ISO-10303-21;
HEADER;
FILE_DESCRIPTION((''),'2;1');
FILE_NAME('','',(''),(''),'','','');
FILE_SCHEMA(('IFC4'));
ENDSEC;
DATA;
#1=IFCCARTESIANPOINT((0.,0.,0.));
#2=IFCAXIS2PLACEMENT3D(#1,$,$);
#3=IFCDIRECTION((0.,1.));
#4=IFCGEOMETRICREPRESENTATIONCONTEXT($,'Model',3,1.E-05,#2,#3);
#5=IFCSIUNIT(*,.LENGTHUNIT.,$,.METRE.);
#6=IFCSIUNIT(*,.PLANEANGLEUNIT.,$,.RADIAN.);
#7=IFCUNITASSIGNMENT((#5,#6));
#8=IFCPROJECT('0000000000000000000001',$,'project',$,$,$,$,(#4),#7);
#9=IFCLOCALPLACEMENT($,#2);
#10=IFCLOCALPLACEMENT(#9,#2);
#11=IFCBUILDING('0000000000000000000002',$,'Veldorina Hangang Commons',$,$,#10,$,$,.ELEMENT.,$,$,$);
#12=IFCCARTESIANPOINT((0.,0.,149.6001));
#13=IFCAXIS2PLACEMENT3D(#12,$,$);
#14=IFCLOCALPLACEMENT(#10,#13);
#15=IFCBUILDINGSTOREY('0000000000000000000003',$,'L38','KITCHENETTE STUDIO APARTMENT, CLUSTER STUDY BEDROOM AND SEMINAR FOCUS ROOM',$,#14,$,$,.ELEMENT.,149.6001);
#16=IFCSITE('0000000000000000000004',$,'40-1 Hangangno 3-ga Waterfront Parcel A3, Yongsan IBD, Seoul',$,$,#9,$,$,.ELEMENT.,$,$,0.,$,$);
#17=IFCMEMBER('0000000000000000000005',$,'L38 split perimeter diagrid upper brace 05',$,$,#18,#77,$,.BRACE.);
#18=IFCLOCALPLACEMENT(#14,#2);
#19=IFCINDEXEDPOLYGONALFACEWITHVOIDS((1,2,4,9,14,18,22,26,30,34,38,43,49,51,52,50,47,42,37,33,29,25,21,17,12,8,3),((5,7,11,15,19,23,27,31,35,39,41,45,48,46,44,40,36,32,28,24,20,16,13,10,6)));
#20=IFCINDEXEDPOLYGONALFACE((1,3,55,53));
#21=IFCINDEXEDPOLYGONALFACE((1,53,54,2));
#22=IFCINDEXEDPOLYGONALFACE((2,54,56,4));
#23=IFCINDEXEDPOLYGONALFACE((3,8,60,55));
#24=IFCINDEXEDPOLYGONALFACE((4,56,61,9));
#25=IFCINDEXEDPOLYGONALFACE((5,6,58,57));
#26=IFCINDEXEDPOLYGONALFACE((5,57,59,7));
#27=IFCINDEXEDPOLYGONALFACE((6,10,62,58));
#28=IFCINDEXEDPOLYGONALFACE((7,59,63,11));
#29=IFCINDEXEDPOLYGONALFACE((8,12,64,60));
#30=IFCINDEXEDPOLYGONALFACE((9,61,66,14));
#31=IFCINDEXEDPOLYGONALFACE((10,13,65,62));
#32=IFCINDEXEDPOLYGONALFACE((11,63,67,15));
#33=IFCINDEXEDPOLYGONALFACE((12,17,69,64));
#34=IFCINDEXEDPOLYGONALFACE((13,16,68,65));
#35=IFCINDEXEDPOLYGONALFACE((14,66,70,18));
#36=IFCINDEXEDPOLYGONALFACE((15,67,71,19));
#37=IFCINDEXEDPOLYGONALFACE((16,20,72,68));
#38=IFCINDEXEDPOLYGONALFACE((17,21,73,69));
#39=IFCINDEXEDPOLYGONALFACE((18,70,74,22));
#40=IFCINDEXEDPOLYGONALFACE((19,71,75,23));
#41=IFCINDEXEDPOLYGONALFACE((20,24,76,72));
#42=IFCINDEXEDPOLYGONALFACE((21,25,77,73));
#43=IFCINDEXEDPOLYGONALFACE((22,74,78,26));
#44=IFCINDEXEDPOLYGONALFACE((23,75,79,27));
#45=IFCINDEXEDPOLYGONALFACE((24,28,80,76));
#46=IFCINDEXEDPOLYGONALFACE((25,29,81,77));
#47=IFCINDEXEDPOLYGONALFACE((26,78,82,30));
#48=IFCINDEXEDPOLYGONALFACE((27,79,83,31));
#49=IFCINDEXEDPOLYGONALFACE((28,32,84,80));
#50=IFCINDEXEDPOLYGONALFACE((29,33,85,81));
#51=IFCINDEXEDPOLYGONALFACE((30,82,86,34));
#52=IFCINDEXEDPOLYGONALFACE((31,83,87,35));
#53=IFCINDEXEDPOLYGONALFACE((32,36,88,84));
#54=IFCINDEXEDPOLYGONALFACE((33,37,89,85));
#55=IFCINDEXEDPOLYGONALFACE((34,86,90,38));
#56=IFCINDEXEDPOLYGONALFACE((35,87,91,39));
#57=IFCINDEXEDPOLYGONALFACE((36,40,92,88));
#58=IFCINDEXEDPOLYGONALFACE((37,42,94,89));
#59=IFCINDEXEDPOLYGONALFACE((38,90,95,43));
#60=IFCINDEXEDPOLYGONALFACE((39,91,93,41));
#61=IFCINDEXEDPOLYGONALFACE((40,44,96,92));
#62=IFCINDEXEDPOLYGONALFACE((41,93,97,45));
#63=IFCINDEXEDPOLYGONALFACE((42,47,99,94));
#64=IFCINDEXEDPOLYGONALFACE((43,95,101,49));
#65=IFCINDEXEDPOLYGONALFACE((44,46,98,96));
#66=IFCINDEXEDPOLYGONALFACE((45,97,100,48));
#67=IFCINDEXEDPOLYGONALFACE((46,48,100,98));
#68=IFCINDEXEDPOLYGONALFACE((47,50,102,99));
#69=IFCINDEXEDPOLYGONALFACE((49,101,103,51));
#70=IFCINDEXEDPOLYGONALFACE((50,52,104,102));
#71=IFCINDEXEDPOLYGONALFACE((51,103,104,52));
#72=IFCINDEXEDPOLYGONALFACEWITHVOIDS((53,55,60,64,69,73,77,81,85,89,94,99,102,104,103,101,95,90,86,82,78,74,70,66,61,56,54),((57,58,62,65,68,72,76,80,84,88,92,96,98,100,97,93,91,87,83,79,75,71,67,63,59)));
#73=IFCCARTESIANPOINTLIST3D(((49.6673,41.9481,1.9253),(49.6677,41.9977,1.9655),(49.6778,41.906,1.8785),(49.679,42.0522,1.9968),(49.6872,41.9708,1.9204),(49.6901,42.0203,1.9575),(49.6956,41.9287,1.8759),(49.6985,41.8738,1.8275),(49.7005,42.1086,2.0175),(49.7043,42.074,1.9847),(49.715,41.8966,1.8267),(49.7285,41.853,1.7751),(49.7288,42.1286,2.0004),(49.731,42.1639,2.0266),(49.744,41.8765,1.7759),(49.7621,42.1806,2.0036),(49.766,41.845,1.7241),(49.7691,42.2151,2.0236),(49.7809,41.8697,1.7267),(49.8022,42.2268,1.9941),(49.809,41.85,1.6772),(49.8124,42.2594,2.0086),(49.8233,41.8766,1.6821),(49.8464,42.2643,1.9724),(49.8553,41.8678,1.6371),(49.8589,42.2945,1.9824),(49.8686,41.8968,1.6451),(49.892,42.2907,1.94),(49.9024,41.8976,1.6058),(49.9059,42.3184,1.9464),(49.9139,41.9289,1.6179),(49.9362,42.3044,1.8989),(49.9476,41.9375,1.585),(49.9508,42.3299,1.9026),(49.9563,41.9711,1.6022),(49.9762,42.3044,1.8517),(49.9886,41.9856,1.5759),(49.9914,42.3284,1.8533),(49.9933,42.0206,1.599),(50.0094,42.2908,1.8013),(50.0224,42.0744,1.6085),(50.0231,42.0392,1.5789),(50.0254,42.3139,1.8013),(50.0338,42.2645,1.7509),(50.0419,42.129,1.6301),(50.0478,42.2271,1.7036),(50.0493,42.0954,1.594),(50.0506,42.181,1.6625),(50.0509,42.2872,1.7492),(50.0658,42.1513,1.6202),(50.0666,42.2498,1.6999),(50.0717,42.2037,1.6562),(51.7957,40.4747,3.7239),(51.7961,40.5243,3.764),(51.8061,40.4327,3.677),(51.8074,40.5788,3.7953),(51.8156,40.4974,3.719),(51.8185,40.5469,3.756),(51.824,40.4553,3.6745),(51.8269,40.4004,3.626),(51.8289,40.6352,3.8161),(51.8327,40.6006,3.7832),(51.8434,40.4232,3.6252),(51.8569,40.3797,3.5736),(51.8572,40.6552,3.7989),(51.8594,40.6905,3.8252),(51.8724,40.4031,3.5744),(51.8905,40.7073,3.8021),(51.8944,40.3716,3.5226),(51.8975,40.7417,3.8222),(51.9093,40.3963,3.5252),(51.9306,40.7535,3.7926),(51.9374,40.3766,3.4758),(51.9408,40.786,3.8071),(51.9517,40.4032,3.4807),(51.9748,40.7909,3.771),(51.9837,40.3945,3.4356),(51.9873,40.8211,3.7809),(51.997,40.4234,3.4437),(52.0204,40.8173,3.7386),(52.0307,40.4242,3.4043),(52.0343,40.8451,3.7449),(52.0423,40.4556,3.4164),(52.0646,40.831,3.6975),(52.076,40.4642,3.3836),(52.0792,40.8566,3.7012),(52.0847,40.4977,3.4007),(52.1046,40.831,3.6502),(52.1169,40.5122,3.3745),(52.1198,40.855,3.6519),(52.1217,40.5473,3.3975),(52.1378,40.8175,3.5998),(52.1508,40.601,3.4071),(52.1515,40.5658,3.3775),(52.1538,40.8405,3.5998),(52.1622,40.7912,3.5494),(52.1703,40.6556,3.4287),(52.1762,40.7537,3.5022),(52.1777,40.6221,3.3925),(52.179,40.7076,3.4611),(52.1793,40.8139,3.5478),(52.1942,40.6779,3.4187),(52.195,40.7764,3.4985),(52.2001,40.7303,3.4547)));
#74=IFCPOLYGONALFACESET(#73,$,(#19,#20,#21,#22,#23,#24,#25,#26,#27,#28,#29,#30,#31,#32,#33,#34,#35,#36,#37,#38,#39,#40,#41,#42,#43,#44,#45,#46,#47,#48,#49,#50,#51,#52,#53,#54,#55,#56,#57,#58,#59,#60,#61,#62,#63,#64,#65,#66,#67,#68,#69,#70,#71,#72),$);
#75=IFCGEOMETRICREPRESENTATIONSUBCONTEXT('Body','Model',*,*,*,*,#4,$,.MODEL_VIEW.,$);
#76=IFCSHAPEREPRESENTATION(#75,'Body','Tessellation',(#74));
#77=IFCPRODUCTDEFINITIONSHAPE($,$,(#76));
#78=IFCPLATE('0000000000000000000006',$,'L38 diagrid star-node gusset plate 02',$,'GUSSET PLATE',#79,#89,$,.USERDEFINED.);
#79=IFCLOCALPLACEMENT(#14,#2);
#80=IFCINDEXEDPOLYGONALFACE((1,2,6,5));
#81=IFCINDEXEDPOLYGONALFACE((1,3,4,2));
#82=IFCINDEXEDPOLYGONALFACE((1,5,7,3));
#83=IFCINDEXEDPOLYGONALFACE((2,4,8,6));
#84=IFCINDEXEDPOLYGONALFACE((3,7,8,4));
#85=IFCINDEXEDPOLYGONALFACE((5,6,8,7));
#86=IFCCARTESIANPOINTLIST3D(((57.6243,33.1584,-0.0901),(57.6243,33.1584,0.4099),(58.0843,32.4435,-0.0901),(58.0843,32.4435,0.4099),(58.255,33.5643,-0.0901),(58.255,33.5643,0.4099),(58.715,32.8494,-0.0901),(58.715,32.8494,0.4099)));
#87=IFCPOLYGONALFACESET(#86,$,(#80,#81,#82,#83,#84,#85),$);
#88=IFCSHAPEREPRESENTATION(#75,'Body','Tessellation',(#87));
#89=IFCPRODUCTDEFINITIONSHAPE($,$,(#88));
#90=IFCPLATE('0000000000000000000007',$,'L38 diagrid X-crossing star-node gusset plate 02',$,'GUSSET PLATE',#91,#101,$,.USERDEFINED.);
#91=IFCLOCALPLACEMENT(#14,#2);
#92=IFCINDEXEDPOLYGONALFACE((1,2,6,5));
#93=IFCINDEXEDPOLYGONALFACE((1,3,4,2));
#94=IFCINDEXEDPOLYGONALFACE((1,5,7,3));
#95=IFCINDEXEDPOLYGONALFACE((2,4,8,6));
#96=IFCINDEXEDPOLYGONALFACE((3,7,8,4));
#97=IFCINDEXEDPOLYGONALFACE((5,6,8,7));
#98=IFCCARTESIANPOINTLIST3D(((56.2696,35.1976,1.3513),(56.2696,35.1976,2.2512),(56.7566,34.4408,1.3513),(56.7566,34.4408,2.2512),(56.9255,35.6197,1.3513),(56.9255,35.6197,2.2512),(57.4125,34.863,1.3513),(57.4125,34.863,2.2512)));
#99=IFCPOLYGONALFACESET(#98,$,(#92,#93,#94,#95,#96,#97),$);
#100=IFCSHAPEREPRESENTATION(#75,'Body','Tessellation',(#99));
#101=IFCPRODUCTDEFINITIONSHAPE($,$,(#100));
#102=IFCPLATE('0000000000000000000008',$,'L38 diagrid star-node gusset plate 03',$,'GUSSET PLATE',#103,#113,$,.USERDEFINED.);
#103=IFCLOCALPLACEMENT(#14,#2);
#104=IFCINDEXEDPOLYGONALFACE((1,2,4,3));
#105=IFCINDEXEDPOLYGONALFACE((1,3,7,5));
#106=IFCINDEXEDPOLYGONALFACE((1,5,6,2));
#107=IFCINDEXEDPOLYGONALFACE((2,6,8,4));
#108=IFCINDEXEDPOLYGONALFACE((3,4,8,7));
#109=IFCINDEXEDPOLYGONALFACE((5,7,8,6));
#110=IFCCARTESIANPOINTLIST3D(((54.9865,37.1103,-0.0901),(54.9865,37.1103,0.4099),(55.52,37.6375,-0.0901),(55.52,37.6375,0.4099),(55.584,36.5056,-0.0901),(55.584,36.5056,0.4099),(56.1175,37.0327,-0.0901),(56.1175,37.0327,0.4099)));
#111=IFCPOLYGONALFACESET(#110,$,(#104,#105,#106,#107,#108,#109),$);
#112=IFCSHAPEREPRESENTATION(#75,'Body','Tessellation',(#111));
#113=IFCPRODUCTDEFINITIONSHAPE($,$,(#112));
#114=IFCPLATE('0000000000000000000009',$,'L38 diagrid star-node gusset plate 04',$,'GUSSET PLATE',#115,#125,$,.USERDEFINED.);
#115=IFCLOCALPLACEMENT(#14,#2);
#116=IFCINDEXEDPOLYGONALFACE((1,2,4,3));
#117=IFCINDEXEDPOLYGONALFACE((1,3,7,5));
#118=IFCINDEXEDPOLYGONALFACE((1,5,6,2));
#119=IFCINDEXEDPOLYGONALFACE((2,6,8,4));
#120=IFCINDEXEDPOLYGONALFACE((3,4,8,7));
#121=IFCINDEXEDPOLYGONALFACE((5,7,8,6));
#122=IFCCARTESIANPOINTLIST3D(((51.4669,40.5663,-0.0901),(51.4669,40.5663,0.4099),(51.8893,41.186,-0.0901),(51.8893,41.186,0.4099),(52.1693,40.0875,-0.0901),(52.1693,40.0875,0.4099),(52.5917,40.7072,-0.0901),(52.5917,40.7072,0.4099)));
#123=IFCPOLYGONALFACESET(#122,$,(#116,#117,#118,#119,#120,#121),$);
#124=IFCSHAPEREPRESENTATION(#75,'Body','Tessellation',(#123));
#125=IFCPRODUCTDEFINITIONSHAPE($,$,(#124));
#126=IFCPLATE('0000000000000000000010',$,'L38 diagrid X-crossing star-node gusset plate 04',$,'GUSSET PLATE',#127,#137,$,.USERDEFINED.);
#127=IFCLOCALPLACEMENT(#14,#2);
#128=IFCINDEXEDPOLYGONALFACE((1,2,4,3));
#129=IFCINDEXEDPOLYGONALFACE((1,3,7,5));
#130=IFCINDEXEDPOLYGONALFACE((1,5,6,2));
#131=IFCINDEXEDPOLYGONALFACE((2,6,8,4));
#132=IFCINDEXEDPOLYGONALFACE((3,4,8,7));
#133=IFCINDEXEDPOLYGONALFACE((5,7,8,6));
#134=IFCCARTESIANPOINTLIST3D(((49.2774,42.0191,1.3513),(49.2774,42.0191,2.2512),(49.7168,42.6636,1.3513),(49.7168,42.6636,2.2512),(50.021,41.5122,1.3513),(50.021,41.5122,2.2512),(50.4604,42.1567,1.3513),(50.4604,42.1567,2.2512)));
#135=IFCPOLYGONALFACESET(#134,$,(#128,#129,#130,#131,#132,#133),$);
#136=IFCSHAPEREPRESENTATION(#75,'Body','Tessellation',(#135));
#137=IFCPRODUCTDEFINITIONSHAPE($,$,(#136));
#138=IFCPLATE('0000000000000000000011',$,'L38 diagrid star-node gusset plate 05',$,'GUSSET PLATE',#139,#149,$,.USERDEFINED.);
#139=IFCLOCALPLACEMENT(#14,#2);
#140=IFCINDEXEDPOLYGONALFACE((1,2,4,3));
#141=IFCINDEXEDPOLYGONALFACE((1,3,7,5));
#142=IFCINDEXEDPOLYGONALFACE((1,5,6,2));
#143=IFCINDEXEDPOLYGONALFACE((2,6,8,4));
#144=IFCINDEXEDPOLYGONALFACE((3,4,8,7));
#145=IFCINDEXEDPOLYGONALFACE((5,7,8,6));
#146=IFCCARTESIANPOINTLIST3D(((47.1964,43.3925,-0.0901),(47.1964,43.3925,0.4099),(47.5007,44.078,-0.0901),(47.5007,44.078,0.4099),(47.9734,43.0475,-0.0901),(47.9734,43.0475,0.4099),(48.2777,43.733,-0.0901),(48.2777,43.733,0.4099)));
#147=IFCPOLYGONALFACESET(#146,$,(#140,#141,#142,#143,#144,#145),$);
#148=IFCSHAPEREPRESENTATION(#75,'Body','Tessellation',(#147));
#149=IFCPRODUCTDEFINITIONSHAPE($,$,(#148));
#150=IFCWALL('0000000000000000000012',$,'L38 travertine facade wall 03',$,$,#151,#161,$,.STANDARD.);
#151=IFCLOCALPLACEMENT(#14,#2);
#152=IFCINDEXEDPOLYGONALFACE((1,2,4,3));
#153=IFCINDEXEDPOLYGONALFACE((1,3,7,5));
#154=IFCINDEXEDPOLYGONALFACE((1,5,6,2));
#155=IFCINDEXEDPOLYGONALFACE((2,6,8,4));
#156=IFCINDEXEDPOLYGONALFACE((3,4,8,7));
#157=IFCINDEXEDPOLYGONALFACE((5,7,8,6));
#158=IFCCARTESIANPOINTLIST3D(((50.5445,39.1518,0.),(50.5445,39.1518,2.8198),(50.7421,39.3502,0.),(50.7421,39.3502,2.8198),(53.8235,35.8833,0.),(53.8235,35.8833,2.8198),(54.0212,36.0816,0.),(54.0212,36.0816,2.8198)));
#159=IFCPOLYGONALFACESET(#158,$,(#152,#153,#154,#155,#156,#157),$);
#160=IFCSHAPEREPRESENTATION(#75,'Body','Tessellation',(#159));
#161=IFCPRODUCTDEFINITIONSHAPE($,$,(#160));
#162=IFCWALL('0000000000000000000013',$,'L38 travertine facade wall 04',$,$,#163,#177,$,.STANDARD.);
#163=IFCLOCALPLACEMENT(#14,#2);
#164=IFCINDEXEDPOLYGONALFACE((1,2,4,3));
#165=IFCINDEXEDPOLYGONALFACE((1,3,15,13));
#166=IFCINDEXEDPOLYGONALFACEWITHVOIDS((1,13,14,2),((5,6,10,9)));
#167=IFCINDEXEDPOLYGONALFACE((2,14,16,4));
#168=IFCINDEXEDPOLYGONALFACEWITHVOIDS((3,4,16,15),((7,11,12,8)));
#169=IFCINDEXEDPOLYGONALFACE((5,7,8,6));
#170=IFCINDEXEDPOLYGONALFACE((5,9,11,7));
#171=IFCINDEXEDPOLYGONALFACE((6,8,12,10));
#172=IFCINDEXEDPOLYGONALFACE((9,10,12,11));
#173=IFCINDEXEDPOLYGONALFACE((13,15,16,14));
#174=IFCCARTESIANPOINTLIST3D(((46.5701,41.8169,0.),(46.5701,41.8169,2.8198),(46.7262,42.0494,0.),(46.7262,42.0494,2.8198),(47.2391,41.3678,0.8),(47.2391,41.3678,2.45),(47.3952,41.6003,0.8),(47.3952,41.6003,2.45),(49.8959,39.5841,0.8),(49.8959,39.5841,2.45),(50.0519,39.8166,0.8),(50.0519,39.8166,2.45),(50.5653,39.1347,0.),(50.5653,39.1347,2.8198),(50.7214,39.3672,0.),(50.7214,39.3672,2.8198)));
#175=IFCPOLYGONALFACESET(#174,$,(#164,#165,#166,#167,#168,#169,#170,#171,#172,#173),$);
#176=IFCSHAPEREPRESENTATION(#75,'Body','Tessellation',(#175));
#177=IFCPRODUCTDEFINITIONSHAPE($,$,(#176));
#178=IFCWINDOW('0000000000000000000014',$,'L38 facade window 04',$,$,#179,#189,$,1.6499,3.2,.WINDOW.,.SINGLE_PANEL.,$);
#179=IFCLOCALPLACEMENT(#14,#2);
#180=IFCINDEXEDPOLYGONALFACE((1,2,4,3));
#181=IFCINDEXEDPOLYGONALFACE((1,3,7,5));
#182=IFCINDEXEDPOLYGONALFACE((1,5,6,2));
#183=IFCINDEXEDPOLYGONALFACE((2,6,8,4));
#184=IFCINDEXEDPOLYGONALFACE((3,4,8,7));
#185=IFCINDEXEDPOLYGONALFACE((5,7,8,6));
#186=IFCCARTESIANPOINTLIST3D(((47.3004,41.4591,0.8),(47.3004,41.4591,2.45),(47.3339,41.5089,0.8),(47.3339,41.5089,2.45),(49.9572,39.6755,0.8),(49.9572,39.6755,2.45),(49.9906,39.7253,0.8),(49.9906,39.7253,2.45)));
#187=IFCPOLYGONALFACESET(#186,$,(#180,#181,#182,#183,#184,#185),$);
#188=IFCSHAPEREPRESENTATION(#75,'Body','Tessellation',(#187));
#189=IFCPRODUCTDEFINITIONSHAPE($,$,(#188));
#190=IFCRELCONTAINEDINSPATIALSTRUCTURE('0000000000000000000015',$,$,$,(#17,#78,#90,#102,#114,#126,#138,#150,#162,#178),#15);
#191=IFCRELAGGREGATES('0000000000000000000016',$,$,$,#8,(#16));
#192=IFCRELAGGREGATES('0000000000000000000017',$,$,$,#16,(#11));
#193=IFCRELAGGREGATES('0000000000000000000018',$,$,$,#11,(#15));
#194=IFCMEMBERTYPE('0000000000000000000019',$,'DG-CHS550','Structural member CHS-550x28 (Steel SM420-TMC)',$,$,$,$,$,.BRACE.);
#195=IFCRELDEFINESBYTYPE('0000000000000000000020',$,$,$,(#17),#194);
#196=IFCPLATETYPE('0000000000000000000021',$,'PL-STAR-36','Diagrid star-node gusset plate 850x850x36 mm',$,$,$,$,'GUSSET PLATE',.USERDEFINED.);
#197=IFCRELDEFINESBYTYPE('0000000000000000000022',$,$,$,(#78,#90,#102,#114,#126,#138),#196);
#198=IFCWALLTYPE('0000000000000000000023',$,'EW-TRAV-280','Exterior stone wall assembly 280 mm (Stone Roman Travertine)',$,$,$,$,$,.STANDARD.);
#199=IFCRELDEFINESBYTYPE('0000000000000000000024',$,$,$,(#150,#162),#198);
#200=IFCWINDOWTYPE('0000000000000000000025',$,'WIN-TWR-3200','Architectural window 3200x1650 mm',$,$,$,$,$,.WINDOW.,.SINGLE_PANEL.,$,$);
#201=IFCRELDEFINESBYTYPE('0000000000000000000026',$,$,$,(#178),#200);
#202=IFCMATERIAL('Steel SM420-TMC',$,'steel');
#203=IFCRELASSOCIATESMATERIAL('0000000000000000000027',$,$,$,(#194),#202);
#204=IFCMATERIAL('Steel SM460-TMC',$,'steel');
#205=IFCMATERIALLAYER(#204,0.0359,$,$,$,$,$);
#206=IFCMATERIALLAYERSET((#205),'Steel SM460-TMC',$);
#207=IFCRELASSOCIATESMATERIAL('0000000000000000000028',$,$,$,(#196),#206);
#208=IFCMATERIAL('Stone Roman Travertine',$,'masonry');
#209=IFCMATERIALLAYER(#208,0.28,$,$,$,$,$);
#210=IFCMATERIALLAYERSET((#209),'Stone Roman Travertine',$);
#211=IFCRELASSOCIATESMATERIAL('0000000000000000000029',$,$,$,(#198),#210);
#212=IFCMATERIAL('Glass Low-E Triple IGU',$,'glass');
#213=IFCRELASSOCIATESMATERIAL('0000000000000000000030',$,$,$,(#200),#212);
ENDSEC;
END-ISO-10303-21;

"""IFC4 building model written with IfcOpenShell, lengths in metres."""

from ifc_helpers import new_model, si_unit, direction, frame, frame_2d, origin, origin_2d, place, context, subcontext, project, spatial, rectangle, hollow_circle, extrude, material, layer, layer_set, material_profile, profile_set, type_object, element, fill, save


model = new_model("IFC4")

# Units and contexts
model_context = context("Model", 3, precision=1e-05, world=origin(), true_north=direction((0.0, 1.0)))
body_context = subcontext(model_context, "Body", "Model", "MODEL_VIEW")
ifc_project = project(units=[si_unit("LENGTHUNIT", "METRE"), si_unit("PLANEANGLEUNIT", "RADIAN")], contexts=[model_context])

# Site, building, storey
site_placement = place(None, origin())
site = spatial("IfcSite", under=ifc_project, at=site_placement, Name="40-1 Hangangno 3-ga Waterfront Parcel A3, Yongsan IBD, Seoul", CompositionType="ELEMENT", RefElevation=0.0)
building_placement = place(site_placement, origin())
building = spatial("IfcBuilding", under=site, at=building_placement, Name="Veldorina Hangang Commons", CompositionType="ELEMENT")
storey_placement = place(building_placement, frame((0.0, 0.0, 149.6001)))
storey = spatial("IfcBuildingStorey", under=building, at=storey_placement, Name="L38", Description="KITCHENETTE STUDIO APARTMENT, CLUSTER STUDY BEDROOM AND SEMINAR FOCUS ROOM", CompositionType="ELEMENT", Elevation=149.6001)

# Shared definitions
ifc_material_1 = material(Name="Steel SM420-TMC", Category="steel")

# Member
ifc_material_profile_1 = material_profile(ifc_material_1, hollow_circle(Radius=0.2749, WallThickness=0.0281, at=origin_2d()), Name="CHS-550x28")
ifc_profile_set_1 = profile_set([ifc_material_profile_1], Name="Steel SM420-TMC")
member_type = type_object("IfcMemberType", Name="DG-CHS550", Description="Structural member CHS-550x28 (Steel SM420-TMC)", PredefinedType="BRACE", material=ifc_profile_set_1)
member_1_placement = place(storey_placement, frame((49.8689, 42.0879, 1.8013), z_axis=(0.675231, -0.467426, 0.570593), x_axis=(0.569176, 0.822216, 0.0)))
element("IfcMember", 1, at=member_1_placement, inside=storey, type_object=member_type, Name="L38 split perimeter diagrid upper brace 05", PredefinedType="BRACE", context=body_context, shape_type="SweptSolid", body=[
    extrude(hollow_circle(Radius=0.2749, WallThickness=0.0281, at=origin_2d()), origin(), (0.0, 0.0, 1.0), 3.1521),
])

# Plates
ifc_material_2 = material(Name="Steel SM460-TMC", Category="steel")
ifc_layer_1 = layer(ifc_material_2, 0.0359)
ifc_layer_set_1 = layer_set([ifc_layer_1], Name="Steel SM460-TMC")
plate_type = type_object("IfcPlateType", Name="PL-STAR-36", Description="Diagrid star-node gusset plate 850x850x36 mm", ElementType="GUSSET PLATE", PredefinedType="USERDEFINED", material=ifc_layer_set_1)
plate_1_placement = place(storey_placement, frame((58.1697, 33.0039, -0.0901), z_axis=(0.0, 0.0, 1.0), x_axis=(-0.541151, 0.840926, 0.0)))
element("IfcPlate", 2, at=plate_1_placement, inside=storey, type_object=plate_type, Name="L38 diagrid star-node gusset plate 02", ObjectType="GUSSET PLATE", PredefinedType="USERDEFINED", context=body_context, shape_type="SweptSolid", body=[
    extrude(rectangle(XDim=0.8501, YDim=0.75, at=origin_2d()), origin(), (0.0, 0.0, 1.0), 0.5),
])
plate_2_placement = place(storey_placement, frame((56.8411, 35.0303, 1.3513), z_axis=(0.0, 0.0, 1.0), x_axis=(-0.541151, 0.840926, 0.0)))
element("IfcPlate", 3, at=plate_2_placement, inside=storey, type_object=plate_type, Name="L38 diagrid X-crossing star-node gusset plate 02", ObjectType="GUSSET PLATE", PredefinedType="USERDEFINED", context=body_context, shape_type="SweptSolid", body=[
    extrude(rectangle(XDim=0.8999, YDim=0.78, at=origin_2d()), origin(), (0.0, 0.0, 1.0), 0.8999),
])
for number, where, z_axis, x_axis, name in (
    (4, (55.552, 37.0715, -0.0901), (0.0, 0.0, 1.0), (-0.702836, 0.711352, 0.0), "L38 diagrid star-node gusset plate 03"),
    (5, (52.0293, 40.6367, -0.0901), (0.0, 0.0, 1.0), (-0.826285, 0.563252, 0.0), "L38 diagrid star-node gusset plate 04"),
):
    element("IfcPlate", number, at=place(storey_placement, frame(where, z_axis=z_axis, x_axis=x_axis)), inside=storey, type_object=plate_type, Name=name, ObjectType="GUSSET PLATE", PredefinedType="USERDEFINED", context=body_context, shape_type="SweptSolid", body=[
        extrude(rectangle(XDim=0.8501, YDim=0.75, at=origin_2d()), origin(), (0.0, 0.0, 1.0), 0.5),
    ])
plate_3_placement = place(storey_placement, frame((49.8689, 42.0879, 1.3513), z_axis=(0.0, 0.0, 1.0), x_axis=(-0.826285, 0.563252, 0.0)))
element("IfcPlate", 6, at=plate_3_placement, inside=storey, type_object=plate_type, Name="L38 diagrid X-crossing star-node gusset plate 04", ObjectType="GUSSET PLATE", PredefinedType="USERDEFINED", context=body_context, shape_type="SweptSolid", body=[
    extrude(rectangle(XDim=0.8999, YDim=0.78, at=origin_2d()), origin(), (0.0, 0.0, 1.0), 0.8999),
])
plate_4_placement = place(storey_placement, frame((47.7371, 43.5627, -0.0901), z_axis=(0.0, 0.0, 1.0), x_axis=(-0.913971, 0.40578, 0.0)))
element("IfcPlate", 7, at=plate_4_placement, inside=storey, type_object=plate_type, Name="L38 diagrid star-node gusset plate 05", ObjectType="GUSSET PLATE", PredefinedType="USERDEFINED", context=body_context, shape_type="SweptSolid", body=[
    extrude(rectangle(XDim=0.8501, YDim=0.75, at=origin_2d()), origin(), (0.0, 0.0, 1.0), 0.5),
])

# Wall
ifc_material_3 = material(Name="Stone Roman Travertine", Category="masonry")
ifc_layer_2 = layer(ifc_material_3, 0.28)
ifc_layer_set_2 = layer_set([ifc_layer_2], Name="Stone Roman Travertine")
wall_type_1 = type_object("IfcWallType", Name="EW-TRAV-280", Description="Exterior stone wall assembly 280 mm (Stone Roman Travertine)", PredefinedType="STANDARD", material=ifc_layer_set_2)
wall_1_placement = place(storey_placement, frame((53.9224, 35.9824, 0.0), z_axis=(0.0, 0.0, 1.0), x_axis=(-0.70824, 0.705972, 0.0)))
element("IfcWall", 8, at=wall_1_placement, inside=storey, type_object=wall_type_1, Name="L38 travertine facade wall 03", PredefinedType="STANDARD", context=body_context, shape_type="SweptSolid", body=[
    extrude(rectangle(XDim=4.6299, YDim=0.28, at=frame_2d((2.3149, 0.0))), origin(), (0.0, 0.0, 1.0), 2.8198),
])

# Wall, opening, window
wall_2_placement = place(storey_placement, frame((50.6433, 39.251, 0.0), z_axis=(0.0, 0.0, 1.0), x_axis=(-0.830251, 0.55739, 0.0)))
wall_2 = element("IfcWall", 9, at=wall_2_placement, inside=storey, type_object=wall_type_1, Name="L38 travertine facade wall 04", PredefinedType="STANDARD", context=body_context, shape_type="SweptSolid", body=[
    extrude(rectangle(XDim=4.812, YDim=0.28, at=frame_2d((2.406, 0.0))), origin(), (0.0, 0.0, 1.0), 2.8198),
])
opening_1_placement = place(wall_2_placement, frame((0.8062, 0.0, 0.8)))
opening_1 = element("IfcOpeningElement", 10, at=opening_1_placement, cuts=wall_2, PredefinedType="OPENING", context=body_context, shape_type="SweptSolid", body=[
    extrude(rectangle(XDim=3.2, YDim=1.6499, at=frame_2d((1.6001, 0.825))), frame((0.0, 0.1499, 0.0), z_axis=(0.0, -1.0, 0.0), x_axis=(1.0, 0.0, 0.0)), (0.0, 0.0, 1.0), 0.3),
])
ifc_material_4 = material(Name="Glass Low-E Triple IGU", Category="glass")
window_type = type_object("IfcWindowType", Name="WIN-TWR-3200", Description="Architectural window 3200x1650 mm", PartitioningType="SINGLE_PANEL", PredefinedType="WINDOW", material=ifc_material_4)
window_placement = place(opening_1_placement, origin())
window = element("IfcWindow", 11, at=window_placement, inside=storey, type_object=window_type, Name="L38 facade window 04", OverallHeight=1.6499, OverallWidth=3.2, PartitioningType="SINGLE_PANEL", PredefinedType="WINDOW", context=body_context, shape_type="SweptSolid", body=[
    extrude(rectangle(XDim=3.2, YDim=1.6499, at=frame_2d((1.6001, 0.825))), frame((0.0, 0.03, 0.0), z_axis=(0.0, -1.0, 0.0), x_axis=(1.0, 0.0, 0.0)), (0.0, 0.0, 1.0), 0.0601),
])
fill(opening_1, window)

save(model, "model.ifc")
